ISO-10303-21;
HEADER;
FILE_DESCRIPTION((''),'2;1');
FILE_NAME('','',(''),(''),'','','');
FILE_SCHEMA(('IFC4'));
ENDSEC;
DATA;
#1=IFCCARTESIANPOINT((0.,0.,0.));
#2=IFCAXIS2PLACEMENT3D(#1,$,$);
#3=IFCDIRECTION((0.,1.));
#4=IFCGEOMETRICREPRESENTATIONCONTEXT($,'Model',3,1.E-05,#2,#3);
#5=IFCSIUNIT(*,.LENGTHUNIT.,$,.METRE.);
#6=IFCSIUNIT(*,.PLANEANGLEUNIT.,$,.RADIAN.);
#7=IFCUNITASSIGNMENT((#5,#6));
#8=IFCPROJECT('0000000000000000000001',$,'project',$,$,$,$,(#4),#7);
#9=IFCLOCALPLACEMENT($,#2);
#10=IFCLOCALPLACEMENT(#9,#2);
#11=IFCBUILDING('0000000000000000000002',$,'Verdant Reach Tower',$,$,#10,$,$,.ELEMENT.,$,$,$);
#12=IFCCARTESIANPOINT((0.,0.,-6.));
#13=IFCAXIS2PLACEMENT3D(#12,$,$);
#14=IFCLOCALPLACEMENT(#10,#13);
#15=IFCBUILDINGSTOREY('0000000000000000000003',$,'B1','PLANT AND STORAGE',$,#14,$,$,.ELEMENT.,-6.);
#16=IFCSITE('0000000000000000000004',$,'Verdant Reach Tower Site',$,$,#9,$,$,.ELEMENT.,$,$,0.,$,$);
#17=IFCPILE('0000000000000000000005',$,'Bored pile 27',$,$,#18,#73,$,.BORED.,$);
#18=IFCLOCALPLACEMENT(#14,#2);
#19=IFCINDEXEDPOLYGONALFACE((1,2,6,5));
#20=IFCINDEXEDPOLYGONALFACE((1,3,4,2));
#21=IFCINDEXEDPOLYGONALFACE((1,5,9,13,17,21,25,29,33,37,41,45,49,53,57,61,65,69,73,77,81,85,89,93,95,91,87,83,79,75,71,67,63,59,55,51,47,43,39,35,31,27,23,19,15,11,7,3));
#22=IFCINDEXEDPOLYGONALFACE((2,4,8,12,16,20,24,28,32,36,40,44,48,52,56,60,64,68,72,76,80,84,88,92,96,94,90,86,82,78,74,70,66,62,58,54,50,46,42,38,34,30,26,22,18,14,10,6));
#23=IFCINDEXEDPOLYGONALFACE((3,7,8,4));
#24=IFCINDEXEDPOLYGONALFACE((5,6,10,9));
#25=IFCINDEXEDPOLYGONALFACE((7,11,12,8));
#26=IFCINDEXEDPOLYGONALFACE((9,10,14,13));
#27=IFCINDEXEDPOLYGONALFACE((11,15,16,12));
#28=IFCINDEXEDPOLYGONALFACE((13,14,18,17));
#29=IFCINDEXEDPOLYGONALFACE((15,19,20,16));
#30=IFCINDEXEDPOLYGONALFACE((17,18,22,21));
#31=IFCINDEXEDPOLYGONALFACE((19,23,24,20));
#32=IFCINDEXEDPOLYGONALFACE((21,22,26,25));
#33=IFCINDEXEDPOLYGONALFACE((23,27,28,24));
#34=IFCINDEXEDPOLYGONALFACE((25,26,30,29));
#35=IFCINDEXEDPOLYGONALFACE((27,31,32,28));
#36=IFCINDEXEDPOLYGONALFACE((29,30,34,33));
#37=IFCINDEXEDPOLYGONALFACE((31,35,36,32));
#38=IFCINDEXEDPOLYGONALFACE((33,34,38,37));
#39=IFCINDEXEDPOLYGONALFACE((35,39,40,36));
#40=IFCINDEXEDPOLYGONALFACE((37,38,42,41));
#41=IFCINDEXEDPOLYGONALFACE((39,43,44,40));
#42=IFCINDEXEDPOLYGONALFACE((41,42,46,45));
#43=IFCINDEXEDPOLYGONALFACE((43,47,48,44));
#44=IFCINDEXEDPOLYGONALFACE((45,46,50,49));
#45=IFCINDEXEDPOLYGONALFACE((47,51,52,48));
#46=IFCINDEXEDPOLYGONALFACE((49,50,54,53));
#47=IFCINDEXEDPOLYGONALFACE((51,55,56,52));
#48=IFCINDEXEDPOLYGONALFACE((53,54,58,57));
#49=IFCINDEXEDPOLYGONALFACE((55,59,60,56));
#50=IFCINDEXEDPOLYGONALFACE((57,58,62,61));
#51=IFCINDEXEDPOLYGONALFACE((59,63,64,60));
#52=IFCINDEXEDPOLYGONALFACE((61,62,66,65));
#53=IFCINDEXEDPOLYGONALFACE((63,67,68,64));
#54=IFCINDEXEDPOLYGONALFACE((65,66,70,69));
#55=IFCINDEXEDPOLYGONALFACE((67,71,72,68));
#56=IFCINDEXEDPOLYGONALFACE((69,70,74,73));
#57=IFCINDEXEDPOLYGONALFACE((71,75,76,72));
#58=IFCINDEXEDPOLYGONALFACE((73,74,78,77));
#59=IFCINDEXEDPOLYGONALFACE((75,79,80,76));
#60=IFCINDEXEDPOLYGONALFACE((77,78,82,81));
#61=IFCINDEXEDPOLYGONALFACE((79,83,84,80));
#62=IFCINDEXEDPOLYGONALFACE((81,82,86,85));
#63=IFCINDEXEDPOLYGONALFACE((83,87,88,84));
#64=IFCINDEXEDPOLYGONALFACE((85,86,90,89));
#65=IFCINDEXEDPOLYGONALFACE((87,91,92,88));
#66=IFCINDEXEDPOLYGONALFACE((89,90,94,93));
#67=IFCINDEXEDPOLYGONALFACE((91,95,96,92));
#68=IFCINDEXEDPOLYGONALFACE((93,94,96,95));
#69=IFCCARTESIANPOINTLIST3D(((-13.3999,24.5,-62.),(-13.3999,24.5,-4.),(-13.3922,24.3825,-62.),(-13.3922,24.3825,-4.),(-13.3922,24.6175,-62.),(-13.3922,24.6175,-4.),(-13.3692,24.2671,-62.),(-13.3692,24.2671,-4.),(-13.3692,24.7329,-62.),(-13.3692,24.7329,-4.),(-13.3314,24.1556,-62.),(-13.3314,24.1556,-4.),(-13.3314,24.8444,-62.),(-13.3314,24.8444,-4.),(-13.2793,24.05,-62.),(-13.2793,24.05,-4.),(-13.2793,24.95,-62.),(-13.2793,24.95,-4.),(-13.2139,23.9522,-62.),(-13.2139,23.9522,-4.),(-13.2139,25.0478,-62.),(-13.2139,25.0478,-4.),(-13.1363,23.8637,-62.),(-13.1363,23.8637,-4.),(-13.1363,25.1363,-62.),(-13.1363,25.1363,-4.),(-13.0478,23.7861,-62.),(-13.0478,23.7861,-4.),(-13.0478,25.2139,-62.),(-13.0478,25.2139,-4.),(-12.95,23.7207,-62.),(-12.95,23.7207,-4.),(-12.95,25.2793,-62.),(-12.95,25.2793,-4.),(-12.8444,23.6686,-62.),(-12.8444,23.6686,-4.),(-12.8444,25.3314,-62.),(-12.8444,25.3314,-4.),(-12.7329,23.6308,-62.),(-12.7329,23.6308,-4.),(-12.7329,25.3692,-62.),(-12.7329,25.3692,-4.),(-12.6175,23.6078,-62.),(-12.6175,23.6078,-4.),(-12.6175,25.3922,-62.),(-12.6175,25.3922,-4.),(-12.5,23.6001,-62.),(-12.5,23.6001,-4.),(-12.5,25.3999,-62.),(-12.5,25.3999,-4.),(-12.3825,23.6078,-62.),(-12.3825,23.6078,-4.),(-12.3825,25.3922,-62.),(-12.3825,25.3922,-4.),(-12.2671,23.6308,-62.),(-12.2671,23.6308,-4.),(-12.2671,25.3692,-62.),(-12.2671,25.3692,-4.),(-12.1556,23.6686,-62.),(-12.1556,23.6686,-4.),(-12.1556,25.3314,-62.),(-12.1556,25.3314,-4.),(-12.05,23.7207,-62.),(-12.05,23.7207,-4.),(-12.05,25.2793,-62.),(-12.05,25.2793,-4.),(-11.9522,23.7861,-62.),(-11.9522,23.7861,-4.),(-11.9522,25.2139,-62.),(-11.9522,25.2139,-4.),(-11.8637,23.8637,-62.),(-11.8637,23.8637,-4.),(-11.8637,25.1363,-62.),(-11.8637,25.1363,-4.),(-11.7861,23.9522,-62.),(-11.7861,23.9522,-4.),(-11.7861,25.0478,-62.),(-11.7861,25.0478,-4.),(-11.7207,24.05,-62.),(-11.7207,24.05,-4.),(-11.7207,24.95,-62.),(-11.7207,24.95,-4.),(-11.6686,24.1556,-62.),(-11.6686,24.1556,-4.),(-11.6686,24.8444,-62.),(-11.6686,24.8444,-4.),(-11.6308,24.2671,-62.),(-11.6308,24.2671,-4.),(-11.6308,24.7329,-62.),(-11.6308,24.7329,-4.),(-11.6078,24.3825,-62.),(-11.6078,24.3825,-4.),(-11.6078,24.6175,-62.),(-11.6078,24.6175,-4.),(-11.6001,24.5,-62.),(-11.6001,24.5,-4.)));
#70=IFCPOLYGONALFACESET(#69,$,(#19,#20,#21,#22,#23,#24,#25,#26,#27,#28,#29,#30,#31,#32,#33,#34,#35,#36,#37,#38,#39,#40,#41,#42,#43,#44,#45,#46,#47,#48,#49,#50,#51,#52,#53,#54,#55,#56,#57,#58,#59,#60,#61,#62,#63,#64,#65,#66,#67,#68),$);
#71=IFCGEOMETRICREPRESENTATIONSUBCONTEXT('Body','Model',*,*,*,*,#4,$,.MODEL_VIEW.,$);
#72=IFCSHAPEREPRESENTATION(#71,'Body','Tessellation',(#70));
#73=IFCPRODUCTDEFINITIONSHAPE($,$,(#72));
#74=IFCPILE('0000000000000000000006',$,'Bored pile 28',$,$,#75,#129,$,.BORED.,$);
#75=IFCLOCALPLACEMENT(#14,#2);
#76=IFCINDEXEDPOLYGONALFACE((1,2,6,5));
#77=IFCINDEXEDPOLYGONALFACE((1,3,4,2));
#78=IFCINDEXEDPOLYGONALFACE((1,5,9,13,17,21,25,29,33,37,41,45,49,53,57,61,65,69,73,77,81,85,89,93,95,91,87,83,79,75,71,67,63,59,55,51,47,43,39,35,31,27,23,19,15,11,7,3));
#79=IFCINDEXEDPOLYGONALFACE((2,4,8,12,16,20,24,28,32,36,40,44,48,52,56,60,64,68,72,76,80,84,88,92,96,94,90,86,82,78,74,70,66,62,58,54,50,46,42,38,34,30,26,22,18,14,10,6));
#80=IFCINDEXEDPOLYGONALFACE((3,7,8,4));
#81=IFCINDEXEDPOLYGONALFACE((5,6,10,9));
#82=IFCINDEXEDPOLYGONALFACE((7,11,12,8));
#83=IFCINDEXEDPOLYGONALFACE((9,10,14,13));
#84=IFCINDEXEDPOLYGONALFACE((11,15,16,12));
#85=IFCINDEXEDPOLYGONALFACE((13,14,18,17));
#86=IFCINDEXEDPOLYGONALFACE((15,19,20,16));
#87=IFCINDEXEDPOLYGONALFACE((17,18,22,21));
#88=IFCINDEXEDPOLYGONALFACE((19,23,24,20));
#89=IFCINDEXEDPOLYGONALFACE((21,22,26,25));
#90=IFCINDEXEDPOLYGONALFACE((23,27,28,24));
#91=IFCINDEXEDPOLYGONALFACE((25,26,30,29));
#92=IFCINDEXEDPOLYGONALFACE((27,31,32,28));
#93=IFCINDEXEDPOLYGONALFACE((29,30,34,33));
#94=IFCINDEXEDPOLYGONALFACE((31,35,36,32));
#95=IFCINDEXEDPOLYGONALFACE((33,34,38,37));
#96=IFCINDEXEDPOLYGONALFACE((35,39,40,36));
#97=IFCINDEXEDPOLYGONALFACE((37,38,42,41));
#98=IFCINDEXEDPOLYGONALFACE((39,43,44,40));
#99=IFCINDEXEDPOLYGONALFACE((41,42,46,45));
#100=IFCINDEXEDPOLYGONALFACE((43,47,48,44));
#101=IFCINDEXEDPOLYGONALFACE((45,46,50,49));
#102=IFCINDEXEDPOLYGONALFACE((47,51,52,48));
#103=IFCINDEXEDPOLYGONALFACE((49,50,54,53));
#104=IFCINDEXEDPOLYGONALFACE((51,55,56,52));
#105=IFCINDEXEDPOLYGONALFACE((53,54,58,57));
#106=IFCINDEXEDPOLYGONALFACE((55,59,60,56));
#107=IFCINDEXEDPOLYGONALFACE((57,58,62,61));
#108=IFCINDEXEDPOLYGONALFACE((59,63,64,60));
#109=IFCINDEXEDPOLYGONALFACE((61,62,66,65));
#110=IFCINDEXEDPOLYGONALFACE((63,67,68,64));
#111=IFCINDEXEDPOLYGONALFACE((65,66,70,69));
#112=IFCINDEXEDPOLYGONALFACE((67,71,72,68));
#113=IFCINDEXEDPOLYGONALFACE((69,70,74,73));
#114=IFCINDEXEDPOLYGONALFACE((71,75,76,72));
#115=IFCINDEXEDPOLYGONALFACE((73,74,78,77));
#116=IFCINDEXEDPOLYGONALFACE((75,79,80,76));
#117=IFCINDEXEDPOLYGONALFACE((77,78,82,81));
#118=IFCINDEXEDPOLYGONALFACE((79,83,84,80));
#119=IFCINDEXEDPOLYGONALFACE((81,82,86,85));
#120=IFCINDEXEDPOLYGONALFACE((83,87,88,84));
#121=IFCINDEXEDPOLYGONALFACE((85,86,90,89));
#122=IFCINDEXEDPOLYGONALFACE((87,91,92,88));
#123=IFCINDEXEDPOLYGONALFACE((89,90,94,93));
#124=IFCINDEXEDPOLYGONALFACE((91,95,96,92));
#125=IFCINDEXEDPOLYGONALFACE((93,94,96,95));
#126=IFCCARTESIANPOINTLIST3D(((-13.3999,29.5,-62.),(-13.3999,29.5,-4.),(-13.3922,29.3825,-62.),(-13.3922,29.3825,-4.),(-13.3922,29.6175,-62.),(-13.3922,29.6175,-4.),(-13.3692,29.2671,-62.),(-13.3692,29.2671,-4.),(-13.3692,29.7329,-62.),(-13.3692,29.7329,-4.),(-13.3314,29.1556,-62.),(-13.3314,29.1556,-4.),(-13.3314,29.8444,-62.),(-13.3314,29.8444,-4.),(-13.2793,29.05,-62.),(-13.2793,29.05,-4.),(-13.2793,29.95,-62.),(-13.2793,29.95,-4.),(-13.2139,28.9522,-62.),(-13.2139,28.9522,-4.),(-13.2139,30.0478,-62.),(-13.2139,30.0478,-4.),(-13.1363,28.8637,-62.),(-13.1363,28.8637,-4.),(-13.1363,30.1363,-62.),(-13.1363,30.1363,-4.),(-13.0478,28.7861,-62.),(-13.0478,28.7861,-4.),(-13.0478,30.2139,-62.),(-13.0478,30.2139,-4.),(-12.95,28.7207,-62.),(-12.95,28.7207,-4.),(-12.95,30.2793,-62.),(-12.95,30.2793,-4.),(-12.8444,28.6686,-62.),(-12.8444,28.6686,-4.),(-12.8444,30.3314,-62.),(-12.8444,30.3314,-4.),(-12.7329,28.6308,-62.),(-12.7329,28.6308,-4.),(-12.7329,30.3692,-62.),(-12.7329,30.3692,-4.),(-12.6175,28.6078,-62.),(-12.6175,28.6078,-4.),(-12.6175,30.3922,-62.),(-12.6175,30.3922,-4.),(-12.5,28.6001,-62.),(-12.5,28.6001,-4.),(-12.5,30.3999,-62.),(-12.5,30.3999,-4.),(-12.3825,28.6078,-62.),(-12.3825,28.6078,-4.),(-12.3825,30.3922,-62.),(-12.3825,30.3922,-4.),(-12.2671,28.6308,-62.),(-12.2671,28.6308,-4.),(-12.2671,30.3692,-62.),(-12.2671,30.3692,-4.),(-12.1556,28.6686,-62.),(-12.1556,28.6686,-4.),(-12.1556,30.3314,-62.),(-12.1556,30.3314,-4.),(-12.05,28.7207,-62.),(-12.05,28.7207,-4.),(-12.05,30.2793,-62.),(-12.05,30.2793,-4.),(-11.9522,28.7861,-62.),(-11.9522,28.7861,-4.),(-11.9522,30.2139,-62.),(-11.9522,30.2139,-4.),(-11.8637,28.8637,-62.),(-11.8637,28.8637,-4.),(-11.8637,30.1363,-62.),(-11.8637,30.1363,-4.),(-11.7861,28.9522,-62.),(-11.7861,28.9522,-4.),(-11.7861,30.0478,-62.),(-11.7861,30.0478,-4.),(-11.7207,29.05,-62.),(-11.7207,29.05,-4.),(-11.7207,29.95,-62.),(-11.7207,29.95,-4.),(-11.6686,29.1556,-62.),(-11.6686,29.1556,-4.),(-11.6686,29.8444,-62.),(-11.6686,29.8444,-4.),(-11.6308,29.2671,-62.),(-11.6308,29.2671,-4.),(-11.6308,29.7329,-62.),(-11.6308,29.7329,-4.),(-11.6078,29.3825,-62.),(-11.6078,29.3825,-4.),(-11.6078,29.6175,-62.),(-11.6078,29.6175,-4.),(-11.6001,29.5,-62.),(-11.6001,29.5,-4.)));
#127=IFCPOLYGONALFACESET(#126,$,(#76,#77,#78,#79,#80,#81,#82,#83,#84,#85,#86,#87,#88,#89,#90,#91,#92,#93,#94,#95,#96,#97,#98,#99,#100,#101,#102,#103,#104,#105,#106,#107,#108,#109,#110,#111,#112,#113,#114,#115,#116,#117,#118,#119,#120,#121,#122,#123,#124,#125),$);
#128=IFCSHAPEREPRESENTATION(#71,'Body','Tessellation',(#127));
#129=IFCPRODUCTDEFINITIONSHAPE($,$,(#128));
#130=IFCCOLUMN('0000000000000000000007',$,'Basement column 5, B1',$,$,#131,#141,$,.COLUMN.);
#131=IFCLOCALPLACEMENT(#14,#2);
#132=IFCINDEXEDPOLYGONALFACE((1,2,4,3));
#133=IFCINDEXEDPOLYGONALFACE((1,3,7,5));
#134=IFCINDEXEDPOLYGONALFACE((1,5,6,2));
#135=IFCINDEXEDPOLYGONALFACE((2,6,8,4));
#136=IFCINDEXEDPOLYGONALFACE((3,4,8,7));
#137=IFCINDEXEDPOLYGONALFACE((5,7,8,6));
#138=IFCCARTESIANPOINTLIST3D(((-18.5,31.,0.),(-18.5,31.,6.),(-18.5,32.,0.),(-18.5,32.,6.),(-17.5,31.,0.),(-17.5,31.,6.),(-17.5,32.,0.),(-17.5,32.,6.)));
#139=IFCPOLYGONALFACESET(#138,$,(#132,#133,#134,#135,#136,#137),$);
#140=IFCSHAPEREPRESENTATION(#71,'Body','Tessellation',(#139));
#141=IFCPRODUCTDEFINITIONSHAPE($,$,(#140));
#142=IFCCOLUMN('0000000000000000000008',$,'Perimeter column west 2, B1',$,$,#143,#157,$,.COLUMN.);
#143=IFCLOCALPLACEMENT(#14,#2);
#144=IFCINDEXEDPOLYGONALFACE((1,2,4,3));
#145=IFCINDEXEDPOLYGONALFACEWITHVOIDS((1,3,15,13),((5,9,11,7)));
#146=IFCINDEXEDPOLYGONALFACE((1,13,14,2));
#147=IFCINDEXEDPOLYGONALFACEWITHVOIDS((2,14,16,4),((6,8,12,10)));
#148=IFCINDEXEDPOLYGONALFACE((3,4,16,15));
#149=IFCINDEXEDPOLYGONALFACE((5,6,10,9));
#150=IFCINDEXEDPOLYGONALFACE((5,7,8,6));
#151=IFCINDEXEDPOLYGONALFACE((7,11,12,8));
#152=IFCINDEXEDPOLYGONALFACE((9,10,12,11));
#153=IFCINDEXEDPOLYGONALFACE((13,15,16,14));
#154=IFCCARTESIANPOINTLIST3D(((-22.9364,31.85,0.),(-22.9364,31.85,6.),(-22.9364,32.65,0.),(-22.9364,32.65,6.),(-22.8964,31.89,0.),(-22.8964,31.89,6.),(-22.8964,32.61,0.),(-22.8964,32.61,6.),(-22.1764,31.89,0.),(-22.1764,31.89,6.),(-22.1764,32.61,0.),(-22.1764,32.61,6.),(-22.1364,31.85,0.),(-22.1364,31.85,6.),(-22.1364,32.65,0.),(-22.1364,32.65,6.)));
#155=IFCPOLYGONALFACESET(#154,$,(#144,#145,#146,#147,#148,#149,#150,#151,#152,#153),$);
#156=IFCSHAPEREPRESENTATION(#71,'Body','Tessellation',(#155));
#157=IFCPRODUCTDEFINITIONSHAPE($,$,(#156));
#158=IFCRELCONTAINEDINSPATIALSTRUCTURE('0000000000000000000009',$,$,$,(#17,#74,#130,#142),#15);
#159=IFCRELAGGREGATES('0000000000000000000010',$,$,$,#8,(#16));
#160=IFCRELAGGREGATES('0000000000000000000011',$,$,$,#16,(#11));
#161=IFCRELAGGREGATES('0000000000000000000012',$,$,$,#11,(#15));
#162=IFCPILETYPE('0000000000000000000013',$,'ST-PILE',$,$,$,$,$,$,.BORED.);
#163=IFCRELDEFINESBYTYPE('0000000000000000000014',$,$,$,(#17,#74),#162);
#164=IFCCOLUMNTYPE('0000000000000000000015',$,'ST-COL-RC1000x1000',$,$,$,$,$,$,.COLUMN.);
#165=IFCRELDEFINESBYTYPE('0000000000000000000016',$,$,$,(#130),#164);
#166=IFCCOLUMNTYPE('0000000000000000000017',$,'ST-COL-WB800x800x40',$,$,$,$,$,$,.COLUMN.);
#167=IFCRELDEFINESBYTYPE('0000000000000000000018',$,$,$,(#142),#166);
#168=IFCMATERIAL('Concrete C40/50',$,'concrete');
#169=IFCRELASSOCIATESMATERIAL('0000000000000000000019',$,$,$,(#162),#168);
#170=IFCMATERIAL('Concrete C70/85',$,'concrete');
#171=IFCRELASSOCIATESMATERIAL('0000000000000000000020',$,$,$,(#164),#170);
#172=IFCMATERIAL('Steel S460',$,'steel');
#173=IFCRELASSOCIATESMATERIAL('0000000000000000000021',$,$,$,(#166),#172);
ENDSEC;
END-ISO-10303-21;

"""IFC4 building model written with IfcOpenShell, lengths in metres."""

from ifc_helpers import new_model, si_unit, direction, frame, origin, origin_2d, place, context, subcontext, project, spatial, rectangle, hollow_rectangle, circle, extrude, material, material_profile, profile_set, type_object, element, save


model = new_model("IFC4")

# Units and contexts
model_context = context("Model", 3, precision=1e-05, world=origin(), true_north=direction((0.0, 1.0)))
body_context = subcontext(model_context, "Body", "Model", "MODEL_VIEW")
ifc_project = project(units=[si_unit("LENGTHUNIT", "METRE"), si_unit("PLANEANGLEUNIT", "RADIAN")], contexts=[model_context])

# Site, building, storey
site_placement = place(None, origin())
site = spatial("IfcSite", under=ifc_project, at=site_placement, Name="Verdant Reach Tower Site", CompositionType="ELEMENT", RefElevation=0.0)
building_placement = place(site_placement, origin())
building = spatial("IfcBuilding", under=site, at=building_placement, Name="Verdant Reach Tower", CompositionType="ELEMENT")
storey_placement = place(building_placement, frame((0.0, 0.0, -6.0)))
storey = spatial("IfcBuildingStorey", under=building, at=storey_placement, Name="B1", Description="PLANT AND STORAGE", CompositionType="ELEMENT", Elevation=-6.0)

# Piles
ifc_material_1 = material(Name="Concrete C40/50", Category="concrete")
ifc_material_profile_1 = material_profile(ifc_material_1, circle(Radius=0.8999, at=origin_2d()), Name="BP 1800")
ifc_profile_set_1 = profile_set([ifc_material_profile_1], Name="Concrete C40/50")
pile_type = type_object("IfcPileType", Name="ST-PILE", PredefinedType="BORED", material=ifc_profile_set_1)
for number, where, z_axis, x_axis, name in (
    (1, (-12.5, 24.5, -4.0), (0.0, 0.0, -1.0), (1.0, 0.0, 0.0), "Bored pile 27"),
    (2, (-12.5, 29.5, -4.0), (0.0, 0.0, -1.0), (1.0, 0.0, 0.0), "Bored pile 28"),
):
    element("IfcPile", number, at=place(storey_placement, frame(where, z_axis=z_axis, x_axis=x_axis)), inside=storey, type_object=pile_type, Name=name, PredefinedType="BORED", context=body_context, shape_type="SweptSolid", body=[
        extrude(circle(Radius=0.8999, at=origin_2d()), origin(), (0.0, 0.0, 1.0), 58.0),
    ])

# Columns
ifc_material_2 = material(Name="Concrete C70/85", Category="concrete")
ifc_material_profile_2 = material_profile(ifc_material_2, rectangle(XDim=1.0, YDim=1.0, at=origin_2d()), Name="RC 1000x1000")
ifc_profile_set_2 = profile_set([ifc_material_profile_2], Name="Concrete C70/85")
column_type_1 = type_object("IfcColumnType", Name="ST-COL-RC1000x1000", PredefinedType="COLUMN", material=ifc_profile_set_2)
column_1_placement = place(storey_placement, frame((-18.0, 31.5, 0.0), z_axis=(0.0, 0.0, 1.0), x_axis=(1.0, 0.0, 0.0)))
element("IfcColumn", 3, at=column_1_placement, inside=storey, type_object=column_type_1, Name="Basement column 5, B1", PredefinedType="COLUMN", context=body_context, shape_type="SweptSolid", body=[
    extrude(rectangle(XDim=1.0, YDim=1.0, at=origin_2d()), origin(), (0.0, 0.0, 1.0), 6.0),
])
ifc_material_3 = material(Name="Steel S460", Category="steel")
ifc_material_profile_3 = material_profile(ifc_material_3, hollow_rectangle(XDim=0.8, YDim=0.8, WallThickness=0.04, at=origin_2d()), Name="WB 800x800x40")
ifc_profile_set_3 = profile_set([ifc_material_profile_3], Name="Steel S460")
column_type_2 = type_object("IfcColumnType", Name="ST-COL-WB800x800x40", PredefinedType="COLUMN", material=ifc_profile_set_3)
column_2_placement = place(storey_placement, frame((-22.5364, 32.25, 0.0), z_axis=(0.0, 0.0, 1.0), x_axis=(1.0, 0.0, 0.0)))
element("IfcColumn", 4, at=column_2_placement, inside=storey, type_object=column_type_2, Name="Perimeter column west 2, B1", PredefinedType="COLUMN", context=body_context, shape_type="SweptSolid", body=[
    extrude(hollow_rectangle(XDim=0.8, YDim=0.8, WallThickness=0.04, at=origin_2d()), origin(), (0.0, 0.0, 1.0), 6.0),
])

save(model, "model.ifc")
